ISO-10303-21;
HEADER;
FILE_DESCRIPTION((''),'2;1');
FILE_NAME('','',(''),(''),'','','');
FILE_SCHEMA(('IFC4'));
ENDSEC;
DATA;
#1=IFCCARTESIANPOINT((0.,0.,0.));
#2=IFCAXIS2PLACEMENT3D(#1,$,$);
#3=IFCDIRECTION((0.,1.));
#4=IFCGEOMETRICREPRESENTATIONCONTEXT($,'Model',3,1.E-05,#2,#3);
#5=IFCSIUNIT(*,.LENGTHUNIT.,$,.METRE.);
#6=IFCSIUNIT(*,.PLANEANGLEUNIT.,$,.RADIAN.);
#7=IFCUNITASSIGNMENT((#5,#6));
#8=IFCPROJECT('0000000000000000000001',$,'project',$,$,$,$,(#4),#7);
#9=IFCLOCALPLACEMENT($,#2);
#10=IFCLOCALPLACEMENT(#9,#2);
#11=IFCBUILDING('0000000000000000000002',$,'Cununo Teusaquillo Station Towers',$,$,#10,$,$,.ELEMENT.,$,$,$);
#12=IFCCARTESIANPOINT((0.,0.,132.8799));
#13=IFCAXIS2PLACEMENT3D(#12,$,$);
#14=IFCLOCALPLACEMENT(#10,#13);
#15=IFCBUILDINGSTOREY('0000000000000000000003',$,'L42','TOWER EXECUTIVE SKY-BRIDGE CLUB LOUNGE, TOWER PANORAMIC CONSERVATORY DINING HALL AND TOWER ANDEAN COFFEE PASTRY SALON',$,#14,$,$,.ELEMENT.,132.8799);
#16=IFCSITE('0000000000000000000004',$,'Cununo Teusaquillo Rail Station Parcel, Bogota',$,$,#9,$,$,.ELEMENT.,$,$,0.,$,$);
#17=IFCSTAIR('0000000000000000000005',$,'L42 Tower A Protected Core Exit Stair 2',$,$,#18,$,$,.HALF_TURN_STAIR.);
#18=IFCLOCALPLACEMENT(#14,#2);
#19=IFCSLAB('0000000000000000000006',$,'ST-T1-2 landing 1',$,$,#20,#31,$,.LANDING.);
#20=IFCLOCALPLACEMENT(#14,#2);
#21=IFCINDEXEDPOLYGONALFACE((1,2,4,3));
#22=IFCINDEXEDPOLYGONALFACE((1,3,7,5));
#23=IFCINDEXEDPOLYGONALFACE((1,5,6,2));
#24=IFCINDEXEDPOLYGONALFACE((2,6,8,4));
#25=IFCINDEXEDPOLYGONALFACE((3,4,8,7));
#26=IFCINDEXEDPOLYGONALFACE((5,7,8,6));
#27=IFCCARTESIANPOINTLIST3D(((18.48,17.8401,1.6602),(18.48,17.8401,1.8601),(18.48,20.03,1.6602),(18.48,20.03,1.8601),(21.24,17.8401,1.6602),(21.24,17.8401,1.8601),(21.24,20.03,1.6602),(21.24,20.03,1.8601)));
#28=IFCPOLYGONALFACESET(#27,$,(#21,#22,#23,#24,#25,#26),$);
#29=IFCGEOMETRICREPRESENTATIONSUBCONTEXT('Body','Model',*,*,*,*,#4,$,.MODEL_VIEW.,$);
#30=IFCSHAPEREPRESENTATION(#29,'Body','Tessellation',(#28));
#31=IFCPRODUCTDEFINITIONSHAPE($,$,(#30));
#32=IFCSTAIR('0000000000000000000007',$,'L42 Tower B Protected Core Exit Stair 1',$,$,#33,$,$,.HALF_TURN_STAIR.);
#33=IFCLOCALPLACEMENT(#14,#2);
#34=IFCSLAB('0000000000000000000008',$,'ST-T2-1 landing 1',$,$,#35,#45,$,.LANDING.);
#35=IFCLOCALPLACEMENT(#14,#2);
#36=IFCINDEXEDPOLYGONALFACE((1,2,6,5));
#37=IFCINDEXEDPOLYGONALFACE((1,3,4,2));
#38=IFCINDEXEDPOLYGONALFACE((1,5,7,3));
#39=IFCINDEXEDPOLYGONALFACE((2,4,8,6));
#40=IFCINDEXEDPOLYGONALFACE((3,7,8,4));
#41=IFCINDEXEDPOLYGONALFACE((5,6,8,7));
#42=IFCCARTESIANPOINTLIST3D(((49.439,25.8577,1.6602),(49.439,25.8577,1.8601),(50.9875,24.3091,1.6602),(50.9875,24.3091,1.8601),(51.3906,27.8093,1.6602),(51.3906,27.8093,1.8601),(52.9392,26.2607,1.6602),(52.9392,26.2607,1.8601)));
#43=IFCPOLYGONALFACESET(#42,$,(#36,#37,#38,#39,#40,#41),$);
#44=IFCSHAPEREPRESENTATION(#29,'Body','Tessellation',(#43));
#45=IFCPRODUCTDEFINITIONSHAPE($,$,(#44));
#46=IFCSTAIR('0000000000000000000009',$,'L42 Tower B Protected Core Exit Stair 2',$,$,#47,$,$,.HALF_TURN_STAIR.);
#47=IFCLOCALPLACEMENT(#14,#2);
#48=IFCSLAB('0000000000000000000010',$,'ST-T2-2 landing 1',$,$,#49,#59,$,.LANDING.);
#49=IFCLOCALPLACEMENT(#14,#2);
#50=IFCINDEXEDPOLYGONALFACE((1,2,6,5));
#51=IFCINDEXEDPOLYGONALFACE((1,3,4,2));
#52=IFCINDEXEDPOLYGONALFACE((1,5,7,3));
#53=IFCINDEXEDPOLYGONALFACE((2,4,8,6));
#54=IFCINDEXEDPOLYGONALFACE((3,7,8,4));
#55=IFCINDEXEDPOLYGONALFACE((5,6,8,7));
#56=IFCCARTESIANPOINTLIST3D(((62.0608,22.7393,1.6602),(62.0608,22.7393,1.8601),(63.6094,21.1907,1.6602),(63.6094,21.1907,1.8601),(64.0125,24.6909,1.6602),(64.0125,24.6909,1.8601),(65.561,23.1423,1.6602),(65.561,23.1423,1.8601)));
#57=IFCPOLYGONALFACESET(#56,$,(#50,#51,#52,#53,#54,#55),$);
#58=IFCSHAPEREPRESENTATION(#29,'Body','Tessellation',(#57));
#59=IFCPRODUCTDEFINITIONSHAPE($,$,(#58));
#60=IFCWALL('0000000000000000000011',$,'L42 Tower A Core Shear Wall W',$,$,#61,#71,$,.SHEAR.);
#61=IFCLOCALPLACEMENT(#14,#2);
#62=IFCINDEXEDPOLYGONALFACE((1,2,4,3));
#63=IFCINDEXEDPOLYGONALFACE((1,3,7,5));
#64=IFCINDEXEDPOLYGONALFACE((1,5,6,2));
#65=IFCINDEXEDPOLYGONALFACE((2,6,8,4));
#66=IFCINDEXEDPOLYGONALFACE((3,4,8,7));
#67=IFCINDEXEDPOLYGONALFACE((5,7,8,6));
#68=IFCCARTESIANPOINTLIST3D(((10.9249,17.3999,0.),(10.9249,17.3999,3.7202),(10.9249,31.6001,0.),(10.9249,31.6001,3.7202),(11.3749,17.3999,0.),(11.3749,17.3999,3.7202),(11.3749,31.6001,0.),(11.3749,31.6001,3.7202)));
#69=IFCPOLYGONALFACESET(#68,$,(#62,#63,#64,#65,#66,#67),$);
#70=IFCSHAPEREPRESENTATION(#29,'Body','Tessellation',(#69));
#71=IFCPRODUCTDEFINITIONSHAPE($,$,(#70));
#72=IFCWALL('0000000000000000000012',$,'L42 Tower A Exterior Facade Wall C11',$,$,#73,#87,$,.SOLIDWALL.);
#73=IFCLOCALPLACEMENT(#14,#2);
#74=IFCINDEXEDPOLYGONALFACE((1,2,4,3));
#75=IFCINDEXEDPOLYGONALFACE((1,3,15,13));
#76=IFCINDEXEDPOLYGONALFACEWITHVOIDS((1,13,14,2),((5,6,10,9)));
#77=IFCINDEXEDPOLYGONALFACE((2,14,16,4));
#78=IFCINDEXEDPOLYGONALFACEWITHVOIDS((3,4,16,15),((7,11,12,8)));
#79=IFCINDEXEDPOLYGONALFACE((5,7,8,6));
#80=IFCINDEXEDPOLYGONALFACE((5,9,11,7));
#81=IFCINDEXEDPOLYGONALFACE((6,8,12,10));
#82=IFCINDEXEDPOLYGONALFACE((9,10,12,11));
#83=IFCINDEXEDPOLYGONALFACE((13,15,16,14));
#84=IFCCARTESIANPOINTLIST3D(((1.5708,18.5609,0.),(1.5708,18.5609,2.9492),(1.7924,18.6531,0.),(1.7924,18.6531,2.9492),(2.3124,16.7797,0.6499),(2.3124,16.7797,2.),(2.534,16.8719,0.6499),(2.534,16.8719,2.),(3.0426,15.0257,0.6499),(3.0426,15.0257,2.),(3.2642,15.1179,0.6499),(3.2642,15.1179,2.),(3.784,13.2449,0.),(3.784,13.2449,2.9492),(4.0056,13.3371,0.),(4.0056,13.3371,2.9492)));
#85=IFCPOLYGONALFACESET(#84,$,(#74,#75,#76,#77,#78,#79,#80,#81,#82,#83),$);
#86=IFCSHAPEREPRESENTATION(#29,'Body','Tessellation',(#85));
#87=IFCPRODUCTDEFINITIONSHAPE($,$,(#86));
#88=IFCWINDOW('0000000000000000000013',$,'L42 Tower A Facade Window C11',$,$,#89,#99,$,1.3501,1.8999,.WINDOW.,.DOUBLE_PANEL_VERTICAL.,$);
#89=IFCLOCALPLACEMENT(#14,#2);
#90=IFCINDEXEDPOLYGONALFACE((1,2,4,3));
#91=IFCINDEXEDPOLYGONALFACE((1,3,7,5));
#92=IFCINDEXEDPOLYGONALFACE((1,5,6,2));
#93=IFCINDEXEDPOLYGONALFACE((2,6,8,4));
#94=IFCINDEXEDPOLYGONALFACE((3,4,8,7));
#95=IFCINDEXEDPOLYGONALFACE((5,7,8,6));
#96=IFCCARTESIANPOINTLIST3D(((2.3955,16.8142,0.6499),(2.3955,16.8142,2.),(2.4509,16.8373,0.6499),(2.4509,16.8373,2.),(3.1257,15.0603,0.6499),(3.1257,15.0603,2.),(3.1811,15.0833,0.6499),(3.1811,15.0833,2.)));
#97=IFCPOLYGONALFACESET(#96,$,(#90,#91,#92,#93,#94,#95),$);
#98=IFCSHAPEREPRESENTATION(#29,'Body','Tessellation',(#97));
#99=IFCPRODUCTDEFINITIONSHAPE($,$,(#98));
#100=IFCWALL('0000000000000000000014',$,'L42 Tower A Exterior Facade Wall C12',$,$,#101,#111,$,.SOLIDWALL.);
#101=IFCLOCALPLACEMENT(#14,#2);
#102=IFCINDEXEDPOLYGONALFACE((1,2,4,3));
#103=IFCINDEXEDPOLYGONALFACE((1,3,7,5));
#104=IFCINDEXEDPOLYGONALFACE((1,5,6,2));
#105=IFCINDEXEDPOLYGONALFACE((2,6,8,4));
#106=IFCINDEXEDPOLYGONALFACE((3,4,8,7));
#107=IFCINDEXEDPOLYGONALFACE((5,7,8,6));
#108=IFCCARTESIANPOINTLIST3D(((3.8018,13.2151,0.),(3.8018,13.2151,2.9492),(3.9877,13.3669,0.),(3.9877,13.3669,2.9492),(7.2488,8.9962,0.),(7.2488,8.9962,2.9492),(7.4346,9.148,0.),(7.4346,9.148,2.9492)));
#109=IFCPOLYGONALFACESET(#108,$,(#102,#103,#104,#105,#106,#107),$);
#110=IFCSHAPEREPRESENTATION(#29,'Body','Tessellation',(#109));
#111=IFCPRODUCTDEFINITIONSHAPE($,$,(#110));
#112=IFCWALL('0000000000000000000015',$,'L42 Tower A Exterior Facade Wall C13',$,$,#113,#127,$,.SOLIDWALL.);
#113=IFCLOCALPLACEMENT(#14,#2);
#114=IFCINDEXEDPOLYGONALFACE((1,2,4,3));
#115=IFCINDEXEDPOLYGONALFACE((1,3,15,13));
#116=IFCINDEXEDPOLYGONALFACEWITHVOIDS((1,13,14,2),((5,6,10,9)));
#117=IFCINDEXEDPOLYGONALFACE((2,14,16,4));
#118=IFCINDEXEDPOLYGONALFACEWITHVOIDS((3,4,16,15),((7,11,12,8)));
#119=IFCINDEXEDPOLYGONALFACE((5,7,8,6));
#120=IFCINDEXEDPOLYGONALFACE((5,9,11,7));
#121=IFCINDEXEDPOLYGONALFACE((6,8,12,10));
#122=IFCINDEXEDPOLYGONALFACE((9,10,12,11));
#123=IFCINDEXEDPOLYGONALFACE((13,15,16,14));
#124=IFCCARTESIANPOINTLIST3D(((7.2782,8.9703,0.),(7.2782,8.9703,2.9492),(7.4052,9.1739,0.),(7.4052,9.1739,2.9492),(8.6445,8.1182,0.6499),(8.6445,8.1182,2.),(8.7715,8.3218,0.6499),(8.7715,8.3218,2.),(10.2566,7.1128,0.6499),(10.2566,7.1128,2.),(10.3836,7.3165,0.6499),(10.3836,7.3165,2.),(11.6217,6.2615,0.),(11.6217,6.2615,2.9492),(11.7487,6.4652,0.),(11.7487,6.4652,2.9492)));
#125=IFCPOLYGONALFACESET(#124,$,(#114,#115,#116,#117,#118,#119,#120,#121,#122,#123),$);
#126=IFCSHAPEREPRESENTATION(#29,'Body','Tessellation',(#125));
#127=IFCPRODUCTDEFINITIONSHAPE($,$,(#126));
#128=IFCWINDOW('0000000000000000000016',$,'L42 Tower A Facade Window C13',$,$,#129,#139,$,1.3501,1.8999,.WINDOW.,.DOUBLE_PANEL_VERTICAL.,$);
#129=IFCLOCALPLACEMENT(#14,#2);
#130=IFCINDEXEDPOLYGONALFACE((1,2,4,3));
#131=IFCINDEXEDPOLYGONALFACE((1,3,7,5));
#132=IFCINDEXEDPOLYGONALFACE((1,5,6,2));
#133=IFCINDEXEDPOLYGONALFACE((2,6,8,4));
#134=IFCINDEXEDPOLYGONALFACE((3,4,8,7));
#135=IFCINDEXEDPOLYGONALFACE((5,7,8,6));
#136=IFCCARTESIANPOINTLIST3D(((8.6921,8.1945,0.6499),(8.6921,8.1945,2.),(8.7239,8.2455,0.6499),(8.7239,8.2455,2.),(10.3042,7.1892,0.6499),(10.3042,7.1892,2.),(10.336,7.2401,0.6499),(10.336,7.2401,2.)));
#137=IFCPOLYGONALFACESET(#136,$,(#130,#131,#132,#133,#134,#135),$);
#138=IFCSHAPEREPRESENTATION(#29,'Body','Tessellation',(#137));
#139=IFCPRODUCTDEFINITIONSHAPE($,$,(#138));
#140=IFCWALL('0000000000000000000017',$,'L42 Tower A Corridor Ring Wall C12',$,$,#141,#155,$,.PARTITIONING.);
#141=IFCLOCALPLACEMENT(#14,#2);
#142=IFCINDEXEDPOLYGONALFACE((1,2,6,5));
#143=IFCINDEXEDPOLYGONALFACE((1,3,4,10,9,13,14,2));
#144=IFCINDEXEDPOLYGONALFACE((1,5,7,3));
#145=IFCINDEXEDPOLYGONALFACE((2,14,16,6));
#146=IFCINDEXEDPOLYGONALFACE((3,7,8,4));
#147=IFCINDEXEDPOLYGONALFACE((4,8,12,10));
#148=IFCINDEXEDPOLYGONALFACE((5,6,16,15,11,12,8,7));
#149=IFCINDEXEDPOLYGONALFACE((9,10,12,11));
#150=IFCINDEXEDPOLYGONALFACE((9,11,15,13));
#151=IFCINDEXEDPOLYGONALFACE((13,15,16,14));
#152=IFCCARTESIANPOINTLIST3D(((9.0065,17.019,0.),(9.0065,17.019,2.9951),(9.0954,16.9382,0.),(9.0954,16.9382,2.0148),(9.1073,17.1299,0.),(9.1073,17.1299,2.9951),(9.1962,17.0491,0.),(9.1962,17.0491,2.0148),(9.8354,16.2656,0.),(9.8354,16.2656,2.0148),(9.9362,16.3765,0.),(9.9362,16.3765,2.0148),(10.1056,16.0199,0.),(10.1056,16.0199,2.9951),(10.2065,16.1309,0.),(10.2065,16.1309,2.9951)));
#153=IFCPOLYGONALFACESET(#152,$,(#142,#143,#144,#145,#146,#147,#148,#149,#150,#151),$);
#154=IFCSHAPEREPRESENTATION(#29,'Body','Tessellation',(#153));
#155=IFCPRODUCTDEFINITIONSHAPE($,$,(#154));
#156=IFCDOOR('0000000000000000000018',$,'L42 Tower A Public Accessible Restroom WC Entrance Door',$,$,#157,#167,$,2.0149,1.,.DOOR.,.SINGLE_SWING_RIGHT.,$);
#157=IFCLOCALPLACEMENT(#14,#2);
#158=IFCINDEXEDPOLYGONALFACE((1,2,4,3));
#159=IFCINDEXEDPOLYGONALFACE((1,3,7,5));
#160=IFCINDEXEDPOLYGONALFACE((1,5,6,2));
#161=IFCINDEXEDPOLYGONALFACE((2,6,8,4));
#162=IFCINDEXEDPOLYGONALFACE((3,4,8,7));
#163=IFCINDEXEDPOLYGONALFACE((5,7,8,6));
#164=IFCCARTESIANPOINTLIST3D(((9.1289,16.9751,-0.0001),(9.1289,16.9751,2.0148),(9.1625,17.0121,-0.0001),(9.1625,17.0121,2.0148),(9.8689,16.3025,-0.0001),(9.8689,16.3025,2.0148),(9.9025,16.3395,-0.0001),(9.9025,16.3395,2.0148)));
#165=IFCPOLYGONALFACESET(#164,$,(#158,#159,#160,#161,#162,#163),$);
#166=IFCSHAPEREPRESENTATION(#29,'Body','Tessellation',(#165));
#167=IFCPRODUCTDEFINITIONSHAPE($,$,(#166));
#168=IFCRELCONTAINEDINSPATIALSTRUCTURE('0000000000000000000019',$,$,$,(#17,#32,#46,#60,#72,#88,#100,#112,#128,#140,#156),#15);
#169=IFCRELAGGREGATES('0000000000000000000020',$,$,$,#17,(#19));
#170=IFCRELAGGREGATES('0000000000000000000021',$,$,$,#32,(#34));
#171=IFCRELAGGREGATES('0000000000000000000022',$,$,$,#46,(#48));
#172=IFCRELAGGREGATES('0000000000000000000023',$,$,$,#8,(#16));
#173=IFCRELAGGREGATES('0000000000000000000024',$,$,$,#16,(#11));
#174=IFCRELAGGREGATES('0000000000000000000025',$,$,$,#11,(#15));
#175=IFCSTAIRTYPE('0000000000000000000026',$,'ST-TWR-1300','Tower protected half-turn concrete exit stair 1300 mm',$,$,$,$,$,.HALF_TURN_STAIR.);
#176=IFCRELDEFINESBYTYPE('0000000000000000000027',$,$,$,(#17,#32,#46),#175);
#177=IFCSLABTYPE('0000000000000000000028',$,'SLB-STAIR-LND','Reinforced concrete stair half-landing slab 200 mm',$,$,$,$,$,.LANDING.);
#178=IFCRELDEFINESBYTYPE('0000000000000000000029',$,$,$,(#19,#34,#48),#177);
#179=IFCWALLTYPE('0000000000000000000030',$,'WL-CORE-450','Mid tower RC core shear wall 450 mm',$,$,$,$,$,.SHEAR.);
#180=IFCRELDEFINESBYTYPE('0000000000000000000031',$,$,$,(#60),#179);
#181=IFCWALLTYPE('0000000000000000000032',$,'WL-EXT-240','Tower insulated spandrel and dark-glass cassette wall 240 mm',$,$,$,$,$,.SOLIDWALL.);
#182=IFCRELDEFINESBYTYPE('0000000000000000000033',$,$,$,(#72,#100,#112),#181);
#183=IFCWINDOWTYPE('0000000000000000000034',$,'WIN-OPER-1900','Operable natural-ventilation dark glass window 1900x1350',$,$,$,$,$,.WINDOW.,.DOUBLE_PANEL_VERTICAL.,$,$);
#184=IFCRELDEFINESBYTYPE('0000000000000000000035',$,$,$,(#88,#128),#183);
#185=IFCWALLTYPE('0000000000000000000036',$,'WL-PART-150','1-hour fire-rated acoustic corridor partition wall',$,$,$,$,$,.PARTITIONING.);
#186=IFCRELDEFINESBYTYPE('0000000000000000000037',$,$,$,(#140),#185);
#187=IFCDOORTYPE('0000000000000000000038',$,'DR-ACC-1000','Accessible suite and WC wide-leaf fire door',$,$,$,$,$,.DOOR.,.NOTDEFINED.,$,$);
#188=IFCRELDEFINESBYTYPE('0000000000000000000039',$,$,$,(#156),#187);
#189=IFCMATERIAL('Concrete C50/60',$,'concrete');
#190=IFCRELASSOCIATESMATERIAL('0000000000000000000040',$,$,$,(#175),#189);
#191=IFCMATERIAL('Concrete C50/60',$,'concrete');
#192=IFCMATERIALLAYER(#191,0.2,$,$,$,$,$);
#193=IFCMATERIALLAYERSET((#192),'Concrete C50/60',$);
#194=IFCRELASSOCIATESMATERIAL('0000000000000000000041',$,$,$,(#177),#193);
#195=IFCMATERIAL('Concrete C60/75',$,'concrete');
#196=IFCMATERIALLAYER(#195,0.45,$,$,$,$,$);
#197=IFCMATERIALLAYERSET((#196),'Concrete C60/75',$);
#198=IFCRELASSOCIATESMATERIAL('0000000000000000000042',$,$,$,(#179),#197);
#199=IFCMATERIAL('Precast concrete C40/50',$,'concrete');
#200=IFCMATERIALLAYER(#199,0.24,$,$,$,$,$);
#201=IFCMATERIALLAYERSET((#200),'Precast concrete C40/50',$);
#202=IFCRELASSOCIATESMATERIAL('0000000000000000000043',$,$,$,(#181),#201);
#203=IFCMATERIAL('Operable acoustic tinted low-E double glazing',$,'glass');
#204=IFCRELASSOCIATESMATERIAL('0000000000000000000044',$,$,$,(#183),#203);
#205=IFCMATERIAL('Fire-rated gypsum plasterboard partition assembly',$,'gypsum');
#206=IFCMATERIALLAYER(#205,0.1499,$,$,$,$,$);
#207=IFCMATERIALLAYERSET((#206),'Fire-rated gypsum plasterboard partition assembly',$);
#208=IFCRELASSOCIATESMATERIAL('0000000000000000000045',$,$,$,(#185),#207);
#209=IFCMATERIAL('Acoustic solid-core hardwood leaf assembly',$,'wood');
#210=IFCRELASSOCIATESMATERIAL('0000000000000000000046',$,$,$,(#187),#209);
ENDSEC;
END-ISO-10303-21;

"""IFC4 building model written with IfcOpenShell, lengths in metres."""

from ifc_helpers import new_model, si_unit, direction, frame, frame_2d, origin, place, context, subcontext, project, spatial, polyline, rectangle, outline, extrude, source, transform, mapped, material, layer, layer_set, type_object, element, fill, aggregate, save


model = new_model("IFC4")

# Units and contexts
model_context = context("Model", 3, precision=1e-05, world=origin(), true_north=direction((0.0, 1.0)))
body_context = subcontext(model_context, "Body", "Model", "MODEL_VIEW")
ifc_project = project(units=[si_unit("LENGTHUNIT", "METRE"), si_unit("PLANEANGLEUNIT", "RADIAN")], contexts=[model_context])

# Site, building, storey
site_placement = place(None, origin())
site = spatial("IfcSite", under=ifc_project, at=site_placement, Name="Cununo Teusaquillo Rail Station Parcel, Bogota", CompositionType="ELEMENT", RefElevation=0.0)
building_placement = place(site_placement, origin())
building = spatial("IfcBuilding", under=site, at=building_placement, Name="Cununo Teusaquillo Station Towers", CompositionType="ELEMENT")
storey_placement = place(building_placement, frame((0.0, 0.0, 132.8799)))
storey = spatial("IfcBuildingStorey", under=building, at=storey_placement, Name="L42", Description="TOWER EXECUTIVE SKY-BRIDGE CLUB LOUNGE, TOWER PANORAMIC CONSERVATORY DINING HALL AND TOWER ANDEAN COFFEE PASTRY SALON", CompositionType="ELEMENT", Elevation=132.8799)

# Stairs, slabs
ifc_material_1 = material(Name="Concrete C50/60", Category="concrete")
stair_type = type_object("IfcStairType", Name="ST-TWR-1300", Description="Tower protected half-turn concrete exit stair 1300 mm", PredefinedType="HALF_TURN_STAIR", material=ifc_material_1)
ifc_material_2 = material(Name="Concrete C50/60", Category="concrete")
ifc_layer_1 = layer(ifc_material_2, 0.2)
ifc_layer_set_1 = layer_set([ifc_layer_1], Name="Concrete C50/60")
slab_type_1 = type_object("IfcSlabType", Name="SLB-STAIR-LND", Description="Reinforced concrete stair half-landing slab 200 mm", PredefinedType="LANDING", material=ifc_layer_set_1)
stair_1_placement = place(storey_placement, origin())
stair_1 = element("IfcStair", 1, at=stair_1_placement, inside=storey, type_object=stair_type, Name="L42 Tower A Protected Core Exit Stair 2", PredefinedType="HALF_TURN_STAIR")
slab_1_placement = place(storey_placement, frame((0.0, 0.0, 1.6602)))
slab_1 = element("IfcSlab", 2, at=slab_1_placement, type_object=slab_type_1, Name="ST-T1-2 landing 1", PredefinedType="LANDING", context=body_context, shape_type="SweptSolid", body=[
    extrude(outline(polyline([(18.48, 20.03), (18.48, 17.8401), (21.24, 17.8401), (21.24, 20.03), (18.48, 20.03)])), origin(), (0.0, 0.0, 1.0), 0.2),
])
aggregate(stair_1, [slab_1])
stair_2_placement = place(storey_placement, origin())
stair_2 = element("IfcStair", 3, at=stair_2_placement, inside=storey, type_object=stair_type, Name="L42 Tower B Protected Core Exit Stair 1", PredefinedType="HALF_TURN_STAIR")
slab_2_placement = place(storey_placement, frame((0.0, 0.0, 1.6602)))
slab_2 = element("IfcSlab", 4, at=slab_2_placement, type_object=slab_type_1, Name="ST-T2-1 landing 1", PredefinedType="LANDING", context=body_context, shape_type="SweptSolid", body=[
    extrude(outline(polyline([(52.9392, 26.2607), (51.3906, 27.8093), (49.439, 25.8577), (50.9875, 24.3091), (52.9392, 26.2607)])), origin(), (0.0, 0.0, 1.0), 0.2),
])
aggregate(stair_2, [slab_2])
stair_3_placement = place(storey_placement, origin())
stair_3 = element("IfcStair", 5, at=stair_3_placement, inside=storey, type_object=stair_type, Name="L42 Tower B Protected Core Exit Stair 2", PredefinedType="HALF_TURN_STAIR")
slab_3_placement = place(storey_placement, frame((0.0, 0.0, 1.6602)))
slab_3 = element("IfcSlab", 6, at=slab_3_placement, type_object=slab_type_1, Name="ST-T2-2 landing 1", PredefinedType="LANDING", context=body_context, shape_type="SweptSolid", body=[
    extrude(outline(polyline([(62.0608, 22.7393), (63.6094, 21.1907), (65.561, 23.1423), (64.0125, 24.6909), (62.0608, 22.7393)])), origin(), (0.0, 0.0, 1.0), 0.2),
])
aggregate(stair_3, [slab_3])

# Wall
ifc_material_3 = material(Name="Concrete C60/75", Category="concrete")
ifc_layer_2 = layer(ifc_material_3, 0.45)
ifc_layer_set_2 = layer_set([ifc_layer_2], Name="Concrete C60/75")
wall_type_1 = type_object("IfcWallType", Name="WL-CORE-450", Description="Mid tower RC core shear wall 450 mm", PredefinedType="SHEAR", material=ifc_layer_set_2)
wall_1_placement = place(storey_placement, frame((11.1499, 17.3999, 0.0), z_axis=(0.0, 0.0, 1.0), x_axis=(0.0, 1.0, 0.0)))
element("IfcWall", 7, at=wall_1_placement, inside=storey, type_object=wall_type_1, Name="L42 Tower A Core Shear Wall W", PredefinedType="SHEAR", context=body_context, shape_type="SweptSolid", body=[
    extrude(rectangle(XDim=14.2002, YDim=0.45, at=frame_2d((7.1001, 0.0))), origin(), (0.0, 0.0, 1.0), 3.7202),
])

# Wall, opening, window
ifc_material_4 = material(Name="Precast concrete C40/50", Category="concrete")
ifc_layer_3 = layer(ifc_material_4, 0.24)
ifc_layer_set_3 = layer_set([ifc_layer_3], Name="Precast concrete C40/50")
wall_type_2 = type_object("IfcWallType", Name="WL-EXT-240", Description="Tower insulated spandrel and dark-glass cassette wall 240 mm", PredefinedType="SOLIDWALL", material=ifc_layer_set_3)
wall_2_placement = place(storey_placement, frame((3.8948, 13.291, 0.0), z_axis=(0.0, 0.0, 1.0), x_axis=(-0.384344, 0.92319, 0.0)))
wall_2 = element("IfcWall", 8, at=wall_2_placement, inside=storey, type_object=wall_type_2, Name="L42 Tower A Exterior Facade Wall C11", PredefinedType="SOLIDWALL", context=body_context, shape_type="SweptSolid", body=[
    extrude(rectangle(XDim=5.7583, YDim=0.24, at=frame_2d((2.8792, 0.0))), origin(), (0.0, 0.0, 1.0), 2.9492),
])
shared_shape_1 = source(origin(), body_context, "Body", "SweptSolid", [
    extrude(rectangle(XDim=1.8999, YDim=1.3501, at=frame_2d((0.95, 0.675))), frame((0.0, 0.1299, 0.0), z_axis=(0.0, -1.0, 0.0), x_axis=(1.0, 0.0, 0.0)), (0.0, 0.0, 1.0), 0.26),
])
opening_1_placement = place(wall_2_placement, frame((1.929, 0.0, 0.6499)))
opening_1 = element("IfcOpeningElement", 9, at=opening_1_placement, cuts=wall_2, PredefinedType="OPENING", context=body_context, shape_type="MappedRepresentation", body=[
    mapped(shared_shape_1, transform((0.0, 0.0, 0.0), x_axis=(1.0, 0.0, 0.0), y_axis=(0.0, 1.0, 0.0), z_axis=(0.0, 0.0, 1.0), scale=1.0)),
])
ifc_material_5 = material(Name="Operable acoustic tinted low-E double glazing", Category="glass")
window_type = type_object("IfcWindowType", Name="WIN-OPER-1900", Description="Operable natural-ventilation dark glass window 1900x1350", PartitioningType="DOUBLE_PANEL_VERTICAL", PredefinedType="WINDOW", material=ifc_material_5)
shared_shape_2 = source(origin(), body_context, "Body", "SweptSolid", [
    extrude(rectangle(XDim=1.8999, YDim=1.3501, at=frame_2d((0.95, 0.675))), frame((0.0, 0.03, 0.0), z_axis=(0.0, -1.0, 0.0), x_axis=(1.0, 0.0, 0.0)), (0.0, 0.0, 1.0), 0.0601),
])
window_1_placement = place(opening_1_placement, origin())
window_1 = element("IfcWindow", 10, at=window_1_placement, inside=storey, type_object=window_type, Name="L42 Tower A Facade Window C11", OverallHeight=1.3501, OverallWidth=1.8999, PartitioningType="DOUBLE_PANEL_VERTICAL", PredefinedType="WINDOW", context=body_context, shape_type="MappedRepresentation", body=[
    mapped(shared_shape_2, transform((0.0, 0.0, 0.0), x_axis=(1.0, 0.0, 0.0), y_axis=(0.0, 1.0, 0.0), z_axis=(0.0, 0.0, 1.0), scale=1.0)),
])
fill(opening_1, window_1)

# Wall
wall_3_placement = place(storey_placement, frame((7.3418, 9.072, 0.0), z_axis=(0.0, 0.0, 1.0), x_axis=(-0.632701, 0.774396, 0.0)))
element("IfcWall", 11, at=wall_3_placement, inside=storey, type_object=wall_type_2, Name="L42 Tower A Exterior Facade Wall C12", PredefinedType="SOLIDWALL", context=body_context, shape_type="SweptSolid", body=[
    extrude(rectangle(XDim=5.448, YDim=0.24, at=frame_2d((2.7241, 0.0))), origin(), (0.0, 0.0, 1.0), 2.9492),
])

# Wall, opening, window
wall_4_placement = place(storey_placement, frame((11.6853, 6.3633, 0.0), z_axis=(0.0, 0.0, 1.0), x_axis=(-0.84852, 0.529163, 0.0)))
wall_4 = element("IfcWall", 12, at=wall_4_placement, inside=storey, type_object=wall_type_2, Name="L42 Tower A Exterior Facade Wall C13", PredefinedType="SOLIDWALL", context=body_context, shape_type="SweptSolid", body=[
    extrude(rectangle(XDim=5.1189, YDim=0.24, at=frame_2d((2.5596, 0.0))), origin(), (0.0, 0.0, 1.0), 2.9492),
])
opening_2_placement = place(wall_4_placement, frame((1.6089, 0.0, 0.6499)))
opening_2 = element("IfcOpeningElement", 13, at=opening_2_placement, cuts=wall_4, PredefinedType="OPENING", context=body_context, shape_type="MappedRepresentation", body=[
    mapped(shared_shape_1, transform((0.0, 0.0, 0.0), x_axis=(1.0, 0.0, 0.0), y_axis=(0.0, 1.0, 0.0), z_axis=(0.0, 0.0, 1.0), scale=1.0)),
])
window_2_placement = place(opening_2_placement, origin())
window_2 = element("IfcWindow", 14, at=window_2_placement, inside=storey, type_object=window_type, Name="L42 Tower A Facade Window C13", OverallHeight=1.3501, OverallWidth=1.8999, PartitioningType="DOUBLE_PANEL_VERTICAL", PredefinedType="WINDOW", context=body_context, shape_type="MappedRepresentation", body=[
    mapped(shared_shape_2, transform((0.0, 0.0, 0.0), x_axis=(1.0, 0.0, 0.0), y_axis=(0.0, 1.0, 0.0), z_axis=(0.0, 0.0, 1.0), scale=1.0)),
])
fill(opening_2, window_2)

# Wall, opening, door
ifc_material_6 = material(Name="Fire-rated gypsum plasterboard partition assembly", Category="gypsum")
ifc_layer_4 = layer(ifc_material_6, 0.1499)
ifc_layer_set_4 = layer_set([ifc_layer_4], Name="Fire-rated gypsum plasterboard partition assembly")
wall_type_3 = type_object("IfcWallType", Name="WL-PART-150", Description="1-hour fire-rated acoustic corridor partition wall", PredefinedType="PARTITIONING", material=ifc_layer_set_4)
wall_5_placement = place(storey_placement, frame((9.0569, 17.0745, 0.0), z_axis=(0.0, 0.0, 1.0), x_axis=(0.74, -0.672607, 0.0)))
wall_5 = element("IfcWall", 15, at=wall_5_placement, inside=storey, type_object=wall_type_3, Name="L42 Tower A Corridor Ring Wall C12", PredefinedType="PARTITIONING", context=body_context, shape_type="SweptSolid", body=[
    extrude(rectangle(XDim=1.4854, YDim=0.1499, at=frame_2d((0.7427, 0.0))), origin(), (0.0, 0.0, 1.0), 2.9951),
])
shared_shape_3 = source(origin(), body_context, "Body", "SweptSolid", [
    extrude(rectangle(XDim=1.0, YDim=2.0149, at=frame_2d((0.5, 1.0073))), frame((0.0, 0.085, 0.0), z_axis=(0.0, -1.0, 0.0), x_axis=(1.0, 0.0, 0.0)), (0.0, 0.0, 1.0), 0.1699),
])
opening_3_placement = place(wall_5_placement, frame((0.1201, 0.0, 0.0)))
opening_3 = element("IfcOpeningElement", 16, at=opening_3_placement, cuts=wall_5, PredefinedType="OPENING", context=body_context, shape_type="MappedRepresentation", body=[
    mapped(shared_shape_3, transform((0.0, 0.0, 0.0), x_axis=(1.0, 0.0, 0.0), y_axis=(0.0, 1.0, 0.0), z_axis=(0.0, 0.0, 1.0), scale=1.0)),
])
ifc_material_7 = material(Name="Acoustic solid-core hardwood leaf assembly", Category="wood")
door_type = type_object("IfcDoorType", Name="DR-ACC-1000", Description="Accessible suite and WC wide-leaf fire door", OperationType="NOTDEFINED", PredefinedType="DOOR", material=ifc_material_7)
shared_shape_4 = source(origin(), body_context, "Body", "SweptSolid", [
    extrude(rectangle(XDim=1.0, YDim=2.0149, at=frame_2d((0.5, 1.0073))), frame((0.0, 0.0249, 0.0), z_axis=(0.0, -1.0, 0.0), x_axis=(1.0, 0.0, 0.0)), (0.0, 0.0, 1.0), 0.05),
])
door_placement = place(opening_3_placement, origin())
door = element("IfcDoor", 17, at=door_placement, inside=storey, type_object=door_type, Name="L42 Tower A Public Accessible Restroom WC Entrance Door", OperationType="SINGLE_SWING_RIGHT", OverallHeight=2.0149, OverallWidth=1.0, PredefinedType="DOOR", context=body_context, shape_type="MappedRepresentation", body=[
    mapped(shared_shape_4, transform((0.0, 0.0, 0.0), x_axis=(1.0, 0.0, 0.0), y_axis=(0.0, 1.0, 0.0), z_axis=(0.0, 0.0, 1.0), scale=1.0)),
])
fill(opening_3, door)

save(model, "model.ifc")
